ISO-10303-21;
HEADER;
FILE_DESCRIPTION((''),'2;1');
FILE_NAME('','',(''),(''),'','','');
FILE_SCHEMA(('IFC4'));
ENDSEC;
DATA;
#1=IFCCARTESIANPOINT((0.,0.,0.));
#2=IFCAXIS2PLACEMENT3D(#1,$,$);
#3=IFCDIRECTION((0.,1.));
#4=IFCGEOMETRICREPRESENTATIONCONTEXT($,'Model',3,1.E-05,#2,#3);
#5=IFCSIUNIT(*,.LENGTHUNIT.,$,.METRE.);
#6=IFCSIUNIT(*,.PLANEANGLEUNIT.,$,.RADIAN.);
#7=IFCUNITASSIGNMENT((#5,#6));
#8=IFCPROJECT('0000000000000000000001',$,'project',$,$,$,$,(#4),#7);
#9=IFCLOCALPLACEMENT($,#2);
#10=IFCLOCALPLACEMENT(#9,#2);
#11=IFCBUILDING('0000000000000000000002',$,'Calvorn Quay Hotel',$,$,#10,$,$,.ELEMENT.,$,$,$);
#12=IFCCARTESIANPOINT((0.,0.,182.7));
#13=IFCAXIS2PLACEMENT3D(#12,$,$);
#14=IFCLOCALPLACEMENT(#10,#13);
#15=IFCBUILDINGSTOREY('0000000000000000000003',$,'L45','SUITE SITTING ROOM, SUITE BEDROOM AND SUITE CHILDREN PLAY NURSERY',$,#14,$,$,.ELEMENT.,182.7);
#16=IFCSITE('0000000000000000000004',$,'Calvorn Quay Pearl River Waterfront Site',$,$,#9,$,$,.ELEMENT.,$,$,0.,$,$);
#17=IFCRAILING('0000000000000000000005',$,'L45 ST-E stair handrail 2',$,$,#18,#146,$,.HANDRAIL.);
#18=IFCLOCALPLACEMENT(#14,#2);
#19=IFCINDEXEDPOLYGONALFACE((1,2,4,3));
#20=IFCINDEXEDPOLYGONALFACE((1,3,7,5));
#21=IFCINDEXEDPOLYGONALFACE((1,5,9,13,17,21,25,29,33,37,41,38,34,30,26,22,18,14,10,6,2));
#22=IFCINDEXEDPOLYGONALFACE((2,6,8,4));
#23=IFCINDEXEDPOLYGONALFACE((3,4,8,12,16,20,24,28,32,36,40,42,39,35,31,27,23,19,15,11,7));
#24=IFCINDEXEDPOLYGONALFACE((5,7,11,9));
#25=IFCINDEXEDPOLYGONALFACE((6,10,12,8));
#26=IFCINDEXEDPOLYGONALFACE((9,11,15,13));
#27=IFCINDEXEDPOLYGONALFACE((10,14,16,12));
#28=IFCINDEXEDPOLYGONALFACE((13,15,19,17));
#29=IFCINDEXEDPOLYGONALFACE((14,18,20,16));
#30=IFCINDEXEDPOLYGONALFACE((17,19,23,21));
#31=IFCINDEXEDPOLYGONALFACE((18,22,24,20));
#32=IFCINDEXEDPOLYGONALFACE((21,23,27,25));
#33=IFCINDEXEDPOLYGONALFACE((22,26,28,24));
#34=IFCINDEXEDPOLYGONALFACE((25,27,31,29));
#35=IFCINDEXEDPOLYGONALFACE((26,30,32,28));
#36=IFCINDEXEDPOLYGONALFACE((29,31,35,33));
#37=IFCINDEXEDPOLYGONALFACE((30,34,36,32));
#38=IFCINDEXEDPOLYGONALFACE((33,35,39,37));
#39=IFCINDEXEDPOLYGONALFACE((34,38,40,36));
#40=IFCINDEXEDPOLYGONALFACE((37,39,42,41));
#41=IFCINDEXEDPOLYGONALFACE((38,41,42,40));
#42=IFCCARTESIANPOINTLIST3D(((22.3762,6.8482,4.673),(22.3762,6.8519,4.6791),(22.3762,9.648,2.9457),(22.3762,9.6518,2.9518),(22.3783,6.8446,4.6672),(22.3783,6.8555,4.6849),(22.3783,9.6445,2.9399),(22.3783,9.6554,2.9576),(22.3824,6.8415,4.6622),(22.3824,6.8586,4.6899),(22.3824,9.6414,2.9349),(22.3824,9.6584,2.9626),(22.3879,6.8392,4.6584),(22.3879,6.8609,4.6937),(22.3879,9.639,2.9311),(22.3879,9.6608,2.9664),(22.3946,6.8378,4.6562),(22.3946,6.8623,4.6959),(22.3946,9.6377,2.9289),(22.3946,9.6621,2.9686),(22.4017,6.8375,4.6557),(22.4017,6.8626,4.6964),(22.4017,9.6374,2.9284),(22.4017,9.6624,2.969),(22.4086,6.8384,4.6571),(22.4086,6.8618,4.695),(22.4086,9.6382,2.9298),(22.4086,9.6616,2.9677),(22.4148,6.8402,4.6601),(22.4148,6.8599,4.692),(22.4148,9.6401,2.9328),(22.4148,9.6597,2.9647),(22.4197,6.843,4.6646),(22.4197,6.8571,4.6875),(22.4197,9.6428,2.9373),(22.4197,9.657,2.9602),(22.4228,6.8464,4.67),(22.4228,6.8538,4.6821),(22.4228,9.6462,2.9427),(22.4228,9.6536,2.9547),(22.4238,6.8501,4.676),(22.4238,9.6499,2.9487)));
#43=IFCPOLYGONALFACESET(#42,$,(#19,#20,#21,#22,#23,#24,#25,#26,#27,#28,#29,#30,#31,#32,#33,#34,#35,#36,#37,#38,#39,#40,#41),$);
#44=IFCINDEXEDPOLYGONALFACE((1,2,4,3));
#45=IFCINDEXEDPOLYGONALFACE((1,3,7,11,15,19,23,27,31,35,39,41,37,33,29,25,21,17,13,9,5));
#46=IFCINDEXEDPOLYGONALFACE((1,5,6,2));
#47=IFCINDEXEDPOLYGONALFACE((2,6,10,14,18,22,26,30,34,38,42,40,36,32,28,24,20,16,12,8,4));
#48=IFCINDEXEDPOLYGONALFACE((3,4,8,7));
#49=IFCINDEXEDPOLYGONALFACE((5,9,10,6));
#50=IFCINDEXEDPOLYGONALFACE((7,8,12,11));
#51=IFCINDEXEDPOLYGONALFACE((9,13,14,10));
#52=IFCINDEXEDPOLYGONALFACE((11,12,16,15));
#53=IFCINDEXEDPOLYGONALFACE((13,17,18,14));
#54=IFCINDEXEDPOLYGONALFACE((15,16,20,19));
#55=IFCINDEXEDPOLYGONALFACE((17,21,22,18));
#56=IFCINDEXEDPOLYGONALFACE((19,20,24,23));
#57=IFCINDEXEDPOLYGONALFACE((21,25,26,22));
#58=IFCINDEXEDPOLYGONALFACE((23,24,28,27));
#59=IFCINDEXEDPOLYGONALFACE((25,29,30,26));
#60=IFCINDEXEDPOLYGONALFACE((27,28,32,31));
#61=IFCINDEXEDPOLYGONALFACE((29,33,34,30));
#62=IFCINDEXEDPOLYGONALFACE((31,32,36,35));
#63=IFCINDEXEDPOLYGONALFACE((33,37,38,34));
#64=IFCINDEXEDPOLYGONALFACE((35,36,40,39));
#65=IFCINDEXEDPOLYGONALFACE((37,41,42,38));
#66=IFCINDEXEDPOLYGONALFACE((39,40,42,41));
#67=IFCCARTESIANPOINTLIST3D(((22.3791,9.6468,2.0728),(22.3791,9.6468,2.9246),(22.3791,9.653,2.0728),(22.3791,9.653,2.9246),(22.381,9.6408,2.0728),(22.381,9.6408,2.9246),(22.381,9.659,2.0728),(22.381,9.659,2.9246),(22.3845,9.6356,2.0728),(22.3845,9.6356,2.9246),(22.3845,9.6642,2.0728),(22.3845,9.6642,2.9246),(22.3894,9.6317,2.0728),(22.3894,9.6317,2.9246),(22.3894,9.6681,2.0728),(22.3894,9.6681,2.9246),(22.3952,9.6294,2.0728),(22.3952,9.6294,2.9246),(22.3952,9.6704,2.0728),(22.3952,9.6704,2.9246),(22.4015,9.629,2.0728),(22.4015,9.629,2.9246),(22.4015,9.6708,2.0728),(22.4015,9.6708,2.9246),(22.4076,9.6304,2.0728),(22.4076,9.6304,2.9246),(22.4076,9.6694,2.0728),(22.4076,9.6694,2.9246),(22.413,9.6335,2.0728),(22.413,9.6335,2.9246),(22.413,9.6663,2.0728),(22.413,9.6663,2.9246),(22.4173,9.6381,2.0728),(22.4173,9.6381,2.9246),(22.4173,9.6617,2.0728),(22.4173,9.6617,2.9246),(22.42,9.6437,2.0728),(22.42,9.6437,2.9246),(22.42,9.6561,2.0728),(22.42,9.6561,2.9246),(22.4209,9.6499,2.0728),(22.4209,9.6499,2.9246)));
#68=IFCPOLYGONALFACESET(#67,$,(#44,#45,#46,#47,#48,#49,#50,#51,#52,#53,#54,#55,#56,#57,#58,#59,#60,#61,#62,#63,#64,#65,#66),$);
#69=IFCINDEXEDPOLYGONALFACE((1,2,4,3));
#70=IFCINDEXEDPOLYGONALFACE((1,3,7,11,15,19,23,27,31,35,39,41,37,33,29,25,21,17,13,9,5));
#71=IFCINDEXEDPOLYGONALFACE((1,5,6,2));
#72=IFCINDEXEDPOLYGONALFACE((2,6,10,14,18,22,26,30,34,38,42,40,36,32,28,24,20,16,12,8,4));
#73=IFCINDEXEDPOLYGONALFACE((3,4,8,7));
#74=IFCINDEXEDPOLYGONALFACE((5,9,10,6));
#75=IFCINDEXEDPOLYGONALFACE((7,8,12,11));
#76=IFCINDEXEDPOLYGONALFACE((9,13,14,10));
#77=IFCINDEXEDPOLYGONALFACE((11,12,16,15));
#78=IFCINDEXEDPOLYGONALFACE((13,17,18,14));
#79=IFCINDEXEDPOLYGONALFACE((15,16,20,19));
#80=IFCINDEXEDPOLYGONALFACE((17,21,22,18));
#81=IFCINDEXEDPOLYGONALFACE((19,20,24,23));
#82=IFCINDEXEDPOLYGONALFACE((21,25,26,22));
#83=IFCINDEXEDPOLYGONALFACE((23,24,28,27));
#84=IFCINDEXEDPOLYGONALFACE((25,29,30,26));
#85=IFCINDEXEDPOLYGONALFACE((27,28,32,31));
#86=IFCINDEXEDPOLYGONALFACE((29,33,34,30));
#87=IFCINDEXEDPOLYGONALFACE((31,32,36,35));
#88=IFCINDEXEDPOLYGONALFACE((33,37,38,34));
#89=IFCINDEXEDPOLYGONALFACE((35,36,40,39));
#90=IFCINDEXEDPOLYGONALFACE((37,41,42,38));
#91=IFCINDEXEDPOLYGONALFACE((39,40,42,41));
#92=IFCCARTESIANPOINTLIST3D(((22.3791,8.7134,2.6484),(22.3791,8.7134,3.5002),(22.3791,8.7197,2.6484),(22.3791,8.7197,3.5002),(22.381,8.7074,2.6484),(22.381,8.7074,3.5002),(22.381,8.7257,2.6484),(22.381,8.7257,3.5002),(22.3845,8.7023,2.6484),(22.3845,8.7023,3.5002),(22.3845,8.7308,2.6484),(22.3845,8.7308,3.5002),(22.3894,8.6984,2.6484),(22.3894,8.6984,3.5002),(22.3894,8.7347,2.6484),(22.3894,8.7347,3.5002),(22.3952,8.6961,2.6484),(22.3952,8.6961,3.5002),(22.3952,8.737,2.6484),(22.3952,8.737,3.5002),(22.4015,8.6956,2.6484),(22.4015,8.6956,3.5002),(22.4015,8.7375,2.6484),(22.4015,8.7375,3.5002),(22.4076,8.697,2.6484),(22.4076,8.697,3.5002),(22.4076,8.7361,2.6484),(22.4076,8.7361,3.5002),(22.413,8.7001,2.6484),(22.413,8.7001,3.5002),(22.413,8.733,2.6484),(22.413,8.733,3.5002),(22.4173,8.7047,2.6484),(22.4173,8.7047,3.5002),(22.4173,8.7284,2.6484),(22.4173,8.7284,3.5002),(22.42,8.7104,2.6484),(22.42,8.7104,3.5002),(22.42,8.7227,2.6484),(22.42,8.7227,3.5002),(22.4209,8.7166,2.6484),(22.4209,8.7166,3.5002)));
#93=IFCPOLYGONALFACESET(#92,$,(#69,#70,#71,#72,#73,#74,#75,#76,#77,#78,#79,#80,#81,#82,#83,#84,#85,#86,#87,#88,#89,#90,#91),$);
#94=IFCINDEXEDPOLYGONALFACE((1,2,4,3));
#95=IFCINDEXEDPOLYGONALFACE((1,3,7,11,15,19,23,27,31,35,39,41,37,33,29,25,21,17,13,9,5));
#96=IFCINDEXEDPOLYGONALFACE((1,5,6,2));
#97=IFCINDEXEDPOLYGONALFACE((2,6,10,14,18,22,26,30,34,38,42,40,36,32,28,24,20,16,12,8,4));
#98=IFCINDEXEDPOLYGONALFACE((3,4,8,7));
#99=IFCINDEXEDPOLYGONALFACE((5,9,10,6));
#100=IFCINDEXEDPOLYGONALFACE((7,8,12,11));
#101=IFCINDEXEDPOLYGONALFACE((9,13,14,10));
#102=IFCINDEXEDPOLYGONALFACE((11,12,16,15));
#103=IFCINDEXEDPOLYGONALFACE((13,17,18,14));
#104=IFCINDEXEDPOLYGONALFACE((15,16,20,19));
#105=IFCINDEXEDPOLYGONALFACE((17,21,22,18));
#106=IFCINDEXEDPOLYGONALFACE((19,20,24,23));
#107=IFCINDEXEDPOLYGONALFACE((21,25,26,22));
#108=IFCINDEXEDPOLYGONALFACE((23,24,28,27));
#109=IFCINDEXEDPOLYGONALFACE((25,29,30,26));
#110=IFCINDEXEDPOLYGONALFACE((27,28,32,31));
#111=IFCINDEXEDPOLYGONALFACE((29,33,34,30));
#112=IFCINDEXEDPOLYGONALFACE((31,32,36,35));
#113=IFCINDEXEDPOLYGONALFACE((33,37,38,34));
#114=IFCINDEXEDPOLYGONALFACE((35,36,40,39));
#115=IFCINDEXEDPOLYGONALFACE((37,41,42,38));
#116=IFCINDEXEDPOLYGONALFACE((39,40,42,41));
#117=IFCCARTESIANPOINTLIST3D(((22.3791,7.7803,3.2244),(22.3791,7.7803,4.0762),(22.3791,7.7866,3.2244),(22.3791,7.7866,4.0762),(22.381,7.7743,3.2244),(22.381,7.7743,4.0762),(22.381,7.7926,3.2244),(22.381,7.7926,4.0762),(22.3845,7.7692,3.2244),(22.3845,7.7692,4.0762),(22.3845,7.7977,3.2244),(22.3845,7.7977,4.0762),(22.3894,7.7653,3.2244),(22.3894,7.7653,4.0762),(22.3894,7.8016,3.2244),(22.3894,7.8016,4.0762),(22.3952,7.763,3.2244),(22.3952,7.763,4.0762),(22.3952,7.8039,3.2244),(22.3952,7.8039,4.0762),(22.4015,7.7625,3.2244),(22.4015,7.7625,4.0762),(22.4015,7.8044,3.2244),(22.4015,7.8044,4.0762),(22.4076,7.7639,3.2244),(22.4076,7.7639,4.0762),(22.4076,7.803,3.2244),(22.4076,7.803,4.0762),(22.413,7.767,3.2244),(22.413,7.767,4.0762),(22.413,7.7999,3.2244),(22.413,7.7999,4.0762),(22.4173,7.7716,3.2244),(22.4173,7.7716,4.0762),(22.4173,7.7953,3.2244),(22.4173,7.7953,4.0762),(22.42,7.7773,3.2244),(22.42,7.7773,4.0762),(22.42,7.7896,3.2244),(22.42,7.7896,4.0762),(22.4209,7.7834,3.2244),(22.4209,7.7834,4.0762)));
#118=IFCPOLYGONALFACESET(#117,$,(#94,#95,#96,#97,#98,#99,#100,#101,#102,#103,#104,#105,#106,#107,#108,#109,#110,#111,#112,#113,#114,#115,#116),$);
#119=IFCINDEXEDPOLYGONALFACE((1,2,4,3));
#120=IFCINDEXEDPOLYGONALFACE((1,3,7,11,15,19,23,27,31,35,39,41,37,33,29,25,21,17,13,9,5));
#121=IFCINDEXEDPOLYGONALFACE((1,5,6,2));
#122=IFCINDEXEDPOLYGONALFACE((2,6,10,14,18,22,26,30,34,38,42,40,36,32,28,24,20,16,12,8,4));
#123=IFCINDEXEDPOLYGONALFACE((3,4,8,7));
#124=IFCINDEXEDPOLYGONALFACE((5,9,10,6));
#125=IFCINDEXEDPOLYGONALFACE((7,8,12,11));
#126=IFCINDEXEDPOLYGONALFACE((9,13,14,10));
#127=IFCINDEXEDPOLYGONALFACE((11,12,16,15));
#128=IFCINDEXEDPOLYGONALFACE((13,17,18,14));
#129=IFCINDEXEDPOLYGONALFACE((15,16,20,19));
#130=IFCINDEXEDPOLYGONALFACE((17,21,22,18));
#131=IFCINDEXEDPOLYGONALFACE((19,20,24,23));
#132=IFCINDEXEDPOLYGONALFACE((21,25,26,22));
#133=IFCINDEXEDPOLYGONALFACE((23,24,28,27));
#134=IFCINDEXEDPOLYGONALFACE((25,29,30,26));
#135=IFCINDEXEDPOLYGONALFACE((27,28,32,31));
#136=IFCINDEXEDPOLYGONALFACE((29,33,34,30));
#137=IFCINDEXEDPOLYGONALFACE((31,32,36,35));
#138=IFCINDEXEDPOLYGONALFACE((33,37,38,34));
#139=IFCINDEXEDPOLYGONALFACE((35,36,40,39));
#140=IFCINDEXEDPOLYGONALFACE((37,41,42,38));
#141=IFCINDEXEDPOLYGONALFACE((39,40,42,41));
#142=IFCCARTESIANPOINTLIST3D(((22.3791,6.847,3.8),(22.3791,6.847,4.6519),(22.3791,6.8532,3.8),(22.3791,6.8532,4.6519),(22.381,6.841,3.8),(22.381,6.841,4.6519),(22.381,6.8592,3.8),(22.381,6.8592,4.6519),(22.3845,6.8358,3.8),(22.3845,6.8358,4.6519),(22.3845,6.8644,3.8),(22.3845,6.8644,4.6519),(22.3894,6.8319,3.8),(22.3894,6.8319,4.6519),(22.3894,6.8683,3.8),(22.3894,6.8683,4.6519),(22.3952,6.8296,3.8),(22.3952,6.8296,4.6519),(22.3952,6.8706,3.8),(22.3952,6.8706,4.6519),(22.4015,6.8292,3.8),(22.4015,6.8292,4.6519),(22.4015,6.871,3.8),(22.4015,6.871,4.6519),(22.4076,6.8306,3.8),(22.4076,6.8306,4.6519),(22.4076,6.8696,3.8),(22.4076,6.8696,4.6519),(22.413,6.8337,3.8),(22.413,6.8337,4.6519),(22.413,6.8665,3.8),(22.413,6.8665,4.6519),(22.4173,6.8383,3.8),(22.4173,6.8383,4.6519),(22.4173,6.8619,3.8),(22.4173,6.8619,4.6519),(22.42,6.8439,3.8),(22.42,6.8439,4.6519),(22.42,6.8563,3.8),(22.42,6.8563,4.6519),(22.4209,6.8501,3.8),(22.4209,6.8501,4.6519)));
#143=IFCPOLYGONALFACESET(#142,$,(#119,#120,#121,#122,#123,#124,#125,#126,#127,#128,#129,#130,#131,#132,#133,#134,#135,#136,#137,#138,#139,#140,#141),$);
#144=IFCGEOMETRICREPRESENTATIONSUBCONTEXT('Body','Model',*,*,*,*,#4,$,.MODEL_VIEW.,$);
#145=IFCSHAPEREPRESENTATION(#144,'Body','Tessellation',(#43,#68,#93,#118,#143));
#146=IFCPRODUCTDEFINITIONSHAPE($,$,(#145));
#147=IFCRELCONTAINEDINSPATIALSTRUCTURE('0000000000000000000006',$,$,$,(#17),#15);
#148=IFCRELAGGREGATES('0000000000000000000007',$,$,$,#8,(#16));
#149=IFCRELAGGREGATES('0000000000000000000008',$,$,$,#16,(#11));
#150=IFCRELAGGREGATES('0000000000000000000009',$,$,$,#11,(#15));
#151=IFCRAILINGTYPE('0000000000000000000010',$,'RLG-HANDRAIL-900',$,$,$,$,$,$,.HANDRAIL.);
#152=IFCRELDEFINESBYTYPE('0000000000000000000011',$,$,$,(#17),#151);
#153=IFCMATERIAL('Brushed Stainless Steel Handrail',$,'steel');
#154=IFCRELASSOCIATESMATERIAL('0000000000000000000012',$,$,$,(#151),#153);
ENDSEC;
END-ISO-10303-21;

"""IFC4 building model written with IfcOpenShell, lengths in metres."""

from ifc_helpers import new_model, si_unit, direction, frame, origin, origin_2d, place, context, subcontext, project, spatial, circle, extrude, material, type_object, element, save


model = new_model("IFC4")

# Units and contexts
model_context = context("Model", 3, precision=1e-05, world=origin(), true_north=direction((0.0, 1.0)))
body_context = subcontext(model_context, "Body", "Model", "MODEL_VIEW")
ifc_project = project(units=[si_unit("LENGTHUNIT", "METRE"), si_unit("PLANEANGLEUNIT", "RADIAN")], contexts=[model_context])

# Site, building, storey
site_placement = place(None, origin())
site = spatial("IfcSite", under=ifc_project, at=site_placement, Name="Calvorn Quay Pearl River Waterfront Site", CompositionType="ELEMENT", RefElevation=0.0)
building_placement = place(site_placement, origin())
building = spatial("IfcBuilding", under=site, at=building_placement, Name="Calvorn Quay Hotel", CompositionType="ELEMENT")
storey_placement = place(building_placement, frame((0.0, 0.0, 182.7)))
storey = spatial("IfcBuildingStorey", under=building, at=storey_placement, Name="L45", Description="SUITE SITTING ROOM, SUITE BEDROOM AND SUITE CHILDREN PLAY NURSERY", CompositionType="ELEMENT", Elevation=182.7)

# Railing
ifc_material_1 = material(Name="Brushed Stainless Steel Handrail", Category="steel")
railing_type_1 = type_object("IfcRailingType", Name="RLG-HANDRAIL-900", PredefinedType="HANDRAIL", material=ifc_material_1)
railing_1_placement = place(storey_placement, frame((22.3999, 9.6499, 2.0728)))
element("IfcRailing", 1, at=railing_1_placement, inside=storey, type_object=railing_type_1, Name="L45 ST-E stair handrail 2", PredefinedType="HANDRAIL", context=body_context, shape_type="SweptSolid", body=[
    extrude(circle(Radius=0.0239, at=origin_2d()), frame((0.0, 0.0, 0.876), z_axis=(0.0, -0.851069, 0.525054), x_axis=(1.0, 0.0, 0.0)), (0.0, 0.0, 1.0), 3.2898),
    extrude(circle(Radius=0.021, at=origin_2d()), origin(), (0.0, 0.0, 1.0), 0.8518),
    extrude(circle(Radius=0.021, at=origin_2d()), frame((0.0, -0.9333, 0.5757)), (0.0, 0.0, 1.0), 0.8518),
    extrude(circle(Radius=0.021, at=origin_2d()), frame((0.0, -1.8665, 1.1516)), (0.0, 0.0, 1.0), 0.8518),
    extrude(circle(Radius=0.021, at=origin_2d()), frame((0.0, -2.7998, 1.7273)), (0.0, 0.0, 1.0), 0.8518),
])

save(model, "model.ifc")
